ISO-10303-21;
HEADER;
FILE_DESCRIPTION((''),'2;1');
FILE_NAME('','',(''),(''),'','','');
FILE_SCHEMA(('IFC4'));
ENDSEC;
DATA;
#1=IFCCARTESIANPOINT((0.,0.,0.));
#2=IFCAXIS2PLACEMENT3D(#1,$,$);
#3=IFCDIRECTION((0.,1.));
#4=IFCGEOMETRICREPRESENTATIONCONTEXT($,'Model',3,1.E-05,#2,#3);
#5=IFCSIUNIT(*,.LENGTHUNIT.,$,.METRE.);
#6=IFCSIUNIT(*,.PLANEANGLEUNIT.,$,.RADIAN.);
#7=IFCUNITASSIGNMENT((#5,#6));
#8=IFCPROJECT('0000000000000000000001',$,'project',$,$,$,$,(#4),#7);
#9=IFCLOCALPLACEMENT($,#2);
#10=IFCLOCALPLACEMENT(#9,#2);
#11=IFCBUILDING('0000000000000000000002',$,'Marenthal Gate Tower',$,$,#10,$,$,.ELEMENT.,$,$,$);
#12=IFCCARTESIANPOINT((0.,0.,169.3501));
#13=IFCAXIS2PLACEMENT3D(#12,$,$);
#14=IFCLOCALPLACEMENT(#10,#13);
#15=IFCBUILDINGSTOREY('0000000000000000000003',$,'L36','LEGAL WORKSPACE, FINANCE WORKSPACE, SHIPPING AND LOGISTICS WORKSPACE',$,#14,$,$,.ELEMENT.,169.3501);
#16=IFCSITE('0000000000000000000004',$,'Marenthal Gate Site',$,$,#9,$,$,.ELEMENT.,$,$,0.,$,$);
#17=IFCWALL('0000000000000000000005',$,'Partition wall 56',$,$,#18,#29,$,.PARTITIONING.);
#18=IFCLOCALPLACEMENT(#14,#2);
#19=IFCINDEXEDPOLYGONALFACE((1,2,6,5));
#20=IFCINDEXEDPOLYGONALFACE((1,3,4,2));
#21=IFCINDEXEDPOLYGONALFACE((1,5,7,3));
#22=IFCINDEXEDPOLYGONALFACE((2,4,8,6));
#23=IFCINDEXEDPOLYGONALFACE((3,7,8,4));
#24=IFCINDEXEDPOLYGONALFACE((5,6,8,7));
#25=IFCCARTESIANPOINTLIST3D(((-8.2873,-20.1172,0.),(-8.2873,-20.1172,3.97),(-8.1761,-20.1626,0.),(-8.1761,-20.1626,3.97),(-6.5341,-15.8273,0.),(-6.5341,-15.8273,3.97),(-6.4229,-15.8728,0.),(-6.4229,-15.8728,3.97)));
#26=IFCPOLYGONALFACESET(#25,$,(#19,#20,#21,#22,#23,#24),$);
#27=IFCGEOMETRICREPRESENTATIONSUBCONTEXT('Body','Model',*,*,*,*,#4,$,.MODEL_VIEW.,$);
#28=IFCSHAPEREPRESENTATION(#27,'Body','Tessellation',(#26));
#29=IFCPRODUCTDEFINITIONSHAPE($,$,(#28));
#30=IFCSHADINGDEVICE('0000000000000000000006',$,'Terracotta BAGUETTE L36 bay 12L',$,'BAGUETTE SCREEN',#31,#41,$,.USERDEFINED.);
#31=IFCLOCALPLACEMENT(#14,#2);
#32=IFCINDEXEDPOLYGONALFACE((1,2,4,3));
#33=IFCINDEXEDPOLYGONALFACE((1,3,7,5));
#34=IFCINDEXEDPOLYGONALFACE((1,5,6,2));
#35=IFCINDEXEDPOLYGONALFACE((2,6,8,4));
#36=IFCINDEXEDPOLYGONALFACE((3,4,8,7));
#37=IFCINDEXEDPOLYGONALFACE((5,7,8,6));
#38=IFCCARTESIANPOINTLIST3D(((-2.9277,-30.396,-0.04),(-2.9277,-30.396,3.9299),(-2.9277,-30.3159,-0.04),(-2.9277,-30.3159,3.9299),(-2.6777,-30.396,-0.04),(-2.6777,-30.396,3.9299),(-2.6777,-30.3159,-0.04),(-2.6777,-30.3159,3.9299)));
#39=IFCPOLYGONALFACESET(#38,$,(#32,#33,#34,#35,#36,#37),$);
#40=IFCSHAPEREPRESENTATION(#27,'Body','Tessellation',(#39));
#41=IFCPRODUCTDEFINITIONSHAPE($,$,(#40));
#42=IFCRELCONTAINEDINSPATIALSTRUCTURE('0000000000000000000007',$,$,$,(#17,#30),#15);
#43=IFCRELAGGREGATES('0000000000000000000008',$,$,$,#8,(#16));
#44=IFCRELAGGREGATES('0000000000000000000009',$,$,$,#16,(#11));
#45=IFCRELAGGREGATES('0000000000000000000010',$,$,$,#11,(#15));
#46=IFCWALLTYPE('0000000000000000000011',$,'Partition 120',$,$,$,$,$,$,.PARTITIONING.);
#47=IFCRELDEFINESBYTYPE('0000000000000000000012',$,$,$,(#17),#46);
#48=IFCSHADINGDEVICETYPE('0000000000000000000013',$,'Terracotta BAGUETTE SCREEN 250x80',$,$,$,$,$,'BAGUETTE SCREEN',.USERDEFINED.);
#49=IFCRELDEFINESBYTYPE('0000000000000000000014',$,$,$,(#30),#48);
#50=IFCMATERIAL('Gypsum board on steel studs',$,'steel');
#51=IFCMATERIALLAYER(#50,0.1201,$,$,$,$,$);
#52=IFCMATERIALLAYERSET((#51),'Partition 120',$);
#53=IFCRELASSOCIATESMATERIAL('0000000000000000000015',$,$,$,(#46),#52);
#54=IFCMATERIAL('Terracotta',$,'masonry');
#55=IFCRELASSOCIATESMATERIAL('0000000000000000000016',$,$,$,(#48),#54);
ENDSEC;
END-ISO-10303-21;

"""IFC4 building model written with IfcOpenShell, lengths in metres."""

from ifc_helpers import new_model, si_unit, direction, frame, frame_2d, origin, origin_2d, place, context, subcontext, project, spatial, rectangle, extrude, material, layer, layer_set, material_profile, profile_set, type_object, element, save


model = new_model("IFC4")

# Units and contexts
model_context = context("Model", 3, precision=1e-05, world=origin(), true_north=direction((0.0, 1.0)))
body_context = subcontext(model_context, "Body", "Model", "MODEL_VIEW")
ifc_project = project(units=[si_unit("LENGTHUNIT", "METRE"), si_unit("PLANEANGLEUNIT", "RADIAN")], contexts=[model_context])

# Site, building, storey
site_placement = place(None, origin())
site = spatial("IfcSite", under=ifc_project, at=site_placement, Name="Marenthal Gate Site", CompositionType="ELEMENT", RefElevation=0.0)
building_placement = place(site_placement, origin())
building = spatial("IfcBuilding", under=site, at=building_placement, Name="Marenthal Gate Tower", CompositionType="ELEMENT")
storey_placement = place(building_placement, frame((0.0, 0.0, 169.3501)))
storey = spatial("IfcBuildingStorey", under=building, at=storey_placement, Name="L36", Description="LEGAL WORKSPACE, FINANCE WORKSPACE, SHIPPING AND LOGISTICS WORKSPACE", CompositionType="ELEMENT", Elevation=169.3501)

# Wall
ifc_material_1 = material(Name="Gypsum board on steel studs", Category="steel")
ifc_layer_1 = layer(ifc_material_1, 0.1201)
ifc_layer_set_1 = layer_set([ifc_layer_1], Name="Partition 120")
wall_type_1 = type_object("IfcWallType", Name="Partition 120", PredefinedType="PARTITIONING", material=ifc_layer_set_1)
wall_1_placement = place(storey_placement, frame((-8.2317, -20.1399, 0.0), z_axis=(0.0, 0.0, 1.0), x_axis=(0.378311, 0.925679, 0.0)))
element("IfcWall", 1, at=wall_1_placement, inside=storey, type_object=wall_type_1, Name="Partition wall 56", PredefinedType="PARTITIONING", context=body_context, shape_type="SweptSolid", body=[
    extrude(rectangle(XDim=4.6343, YDim=0.1201, at=frame_2d((2.3171, 0.0))), origin(), (0.0, 0.0, 1.0), 3.97),
])

# Shading device
ifc_material_2 = material(Name="Terracotta", Category="masonry")
ifc_material_profile_1 = material_profile(ifc_material_2, rectangle(XDim=0.25, YDim=0.0801, at=origin_2d()), Name="Terracotta baguette 250x80")
ifc_profile_set_1 = profile_set([ifc_material_profile_1], Name="Terracotta")
shading_device_type = type_object("IfcShadingDeviceType", Name="Terracotta BAGUETTE SCREEN 250x80", ElementType="BAGUETTE SCREEN", PredefinedType="USERDEFINED", material=ifc_profile_set_1)
shading_device_placement = place(storey_placement, frame((-2.8027, -30.356, -0.04), z_axis=(0.0, 0.0, 1.0), x_axis=(1.0, 0.0, 0.0)))
element("IfcShadingDevice", 2, at=shading_device_placement, inside=storey, type_object=shading_device_type, Name="Terracotta BAGUETTE L36 bay 12L", ObjectType="BAGUETTE SCREEN", PredefinedType="USERDEFINED", context=body_context, shape_type="SweptSolid", body=[
    extrude(rectangle(XDim=0.25, YDim=0.0801, at=origin_2d()), origin(), (0.0, 0.0, 1.0), 3.97),
])

save(model, "model.ifc")
